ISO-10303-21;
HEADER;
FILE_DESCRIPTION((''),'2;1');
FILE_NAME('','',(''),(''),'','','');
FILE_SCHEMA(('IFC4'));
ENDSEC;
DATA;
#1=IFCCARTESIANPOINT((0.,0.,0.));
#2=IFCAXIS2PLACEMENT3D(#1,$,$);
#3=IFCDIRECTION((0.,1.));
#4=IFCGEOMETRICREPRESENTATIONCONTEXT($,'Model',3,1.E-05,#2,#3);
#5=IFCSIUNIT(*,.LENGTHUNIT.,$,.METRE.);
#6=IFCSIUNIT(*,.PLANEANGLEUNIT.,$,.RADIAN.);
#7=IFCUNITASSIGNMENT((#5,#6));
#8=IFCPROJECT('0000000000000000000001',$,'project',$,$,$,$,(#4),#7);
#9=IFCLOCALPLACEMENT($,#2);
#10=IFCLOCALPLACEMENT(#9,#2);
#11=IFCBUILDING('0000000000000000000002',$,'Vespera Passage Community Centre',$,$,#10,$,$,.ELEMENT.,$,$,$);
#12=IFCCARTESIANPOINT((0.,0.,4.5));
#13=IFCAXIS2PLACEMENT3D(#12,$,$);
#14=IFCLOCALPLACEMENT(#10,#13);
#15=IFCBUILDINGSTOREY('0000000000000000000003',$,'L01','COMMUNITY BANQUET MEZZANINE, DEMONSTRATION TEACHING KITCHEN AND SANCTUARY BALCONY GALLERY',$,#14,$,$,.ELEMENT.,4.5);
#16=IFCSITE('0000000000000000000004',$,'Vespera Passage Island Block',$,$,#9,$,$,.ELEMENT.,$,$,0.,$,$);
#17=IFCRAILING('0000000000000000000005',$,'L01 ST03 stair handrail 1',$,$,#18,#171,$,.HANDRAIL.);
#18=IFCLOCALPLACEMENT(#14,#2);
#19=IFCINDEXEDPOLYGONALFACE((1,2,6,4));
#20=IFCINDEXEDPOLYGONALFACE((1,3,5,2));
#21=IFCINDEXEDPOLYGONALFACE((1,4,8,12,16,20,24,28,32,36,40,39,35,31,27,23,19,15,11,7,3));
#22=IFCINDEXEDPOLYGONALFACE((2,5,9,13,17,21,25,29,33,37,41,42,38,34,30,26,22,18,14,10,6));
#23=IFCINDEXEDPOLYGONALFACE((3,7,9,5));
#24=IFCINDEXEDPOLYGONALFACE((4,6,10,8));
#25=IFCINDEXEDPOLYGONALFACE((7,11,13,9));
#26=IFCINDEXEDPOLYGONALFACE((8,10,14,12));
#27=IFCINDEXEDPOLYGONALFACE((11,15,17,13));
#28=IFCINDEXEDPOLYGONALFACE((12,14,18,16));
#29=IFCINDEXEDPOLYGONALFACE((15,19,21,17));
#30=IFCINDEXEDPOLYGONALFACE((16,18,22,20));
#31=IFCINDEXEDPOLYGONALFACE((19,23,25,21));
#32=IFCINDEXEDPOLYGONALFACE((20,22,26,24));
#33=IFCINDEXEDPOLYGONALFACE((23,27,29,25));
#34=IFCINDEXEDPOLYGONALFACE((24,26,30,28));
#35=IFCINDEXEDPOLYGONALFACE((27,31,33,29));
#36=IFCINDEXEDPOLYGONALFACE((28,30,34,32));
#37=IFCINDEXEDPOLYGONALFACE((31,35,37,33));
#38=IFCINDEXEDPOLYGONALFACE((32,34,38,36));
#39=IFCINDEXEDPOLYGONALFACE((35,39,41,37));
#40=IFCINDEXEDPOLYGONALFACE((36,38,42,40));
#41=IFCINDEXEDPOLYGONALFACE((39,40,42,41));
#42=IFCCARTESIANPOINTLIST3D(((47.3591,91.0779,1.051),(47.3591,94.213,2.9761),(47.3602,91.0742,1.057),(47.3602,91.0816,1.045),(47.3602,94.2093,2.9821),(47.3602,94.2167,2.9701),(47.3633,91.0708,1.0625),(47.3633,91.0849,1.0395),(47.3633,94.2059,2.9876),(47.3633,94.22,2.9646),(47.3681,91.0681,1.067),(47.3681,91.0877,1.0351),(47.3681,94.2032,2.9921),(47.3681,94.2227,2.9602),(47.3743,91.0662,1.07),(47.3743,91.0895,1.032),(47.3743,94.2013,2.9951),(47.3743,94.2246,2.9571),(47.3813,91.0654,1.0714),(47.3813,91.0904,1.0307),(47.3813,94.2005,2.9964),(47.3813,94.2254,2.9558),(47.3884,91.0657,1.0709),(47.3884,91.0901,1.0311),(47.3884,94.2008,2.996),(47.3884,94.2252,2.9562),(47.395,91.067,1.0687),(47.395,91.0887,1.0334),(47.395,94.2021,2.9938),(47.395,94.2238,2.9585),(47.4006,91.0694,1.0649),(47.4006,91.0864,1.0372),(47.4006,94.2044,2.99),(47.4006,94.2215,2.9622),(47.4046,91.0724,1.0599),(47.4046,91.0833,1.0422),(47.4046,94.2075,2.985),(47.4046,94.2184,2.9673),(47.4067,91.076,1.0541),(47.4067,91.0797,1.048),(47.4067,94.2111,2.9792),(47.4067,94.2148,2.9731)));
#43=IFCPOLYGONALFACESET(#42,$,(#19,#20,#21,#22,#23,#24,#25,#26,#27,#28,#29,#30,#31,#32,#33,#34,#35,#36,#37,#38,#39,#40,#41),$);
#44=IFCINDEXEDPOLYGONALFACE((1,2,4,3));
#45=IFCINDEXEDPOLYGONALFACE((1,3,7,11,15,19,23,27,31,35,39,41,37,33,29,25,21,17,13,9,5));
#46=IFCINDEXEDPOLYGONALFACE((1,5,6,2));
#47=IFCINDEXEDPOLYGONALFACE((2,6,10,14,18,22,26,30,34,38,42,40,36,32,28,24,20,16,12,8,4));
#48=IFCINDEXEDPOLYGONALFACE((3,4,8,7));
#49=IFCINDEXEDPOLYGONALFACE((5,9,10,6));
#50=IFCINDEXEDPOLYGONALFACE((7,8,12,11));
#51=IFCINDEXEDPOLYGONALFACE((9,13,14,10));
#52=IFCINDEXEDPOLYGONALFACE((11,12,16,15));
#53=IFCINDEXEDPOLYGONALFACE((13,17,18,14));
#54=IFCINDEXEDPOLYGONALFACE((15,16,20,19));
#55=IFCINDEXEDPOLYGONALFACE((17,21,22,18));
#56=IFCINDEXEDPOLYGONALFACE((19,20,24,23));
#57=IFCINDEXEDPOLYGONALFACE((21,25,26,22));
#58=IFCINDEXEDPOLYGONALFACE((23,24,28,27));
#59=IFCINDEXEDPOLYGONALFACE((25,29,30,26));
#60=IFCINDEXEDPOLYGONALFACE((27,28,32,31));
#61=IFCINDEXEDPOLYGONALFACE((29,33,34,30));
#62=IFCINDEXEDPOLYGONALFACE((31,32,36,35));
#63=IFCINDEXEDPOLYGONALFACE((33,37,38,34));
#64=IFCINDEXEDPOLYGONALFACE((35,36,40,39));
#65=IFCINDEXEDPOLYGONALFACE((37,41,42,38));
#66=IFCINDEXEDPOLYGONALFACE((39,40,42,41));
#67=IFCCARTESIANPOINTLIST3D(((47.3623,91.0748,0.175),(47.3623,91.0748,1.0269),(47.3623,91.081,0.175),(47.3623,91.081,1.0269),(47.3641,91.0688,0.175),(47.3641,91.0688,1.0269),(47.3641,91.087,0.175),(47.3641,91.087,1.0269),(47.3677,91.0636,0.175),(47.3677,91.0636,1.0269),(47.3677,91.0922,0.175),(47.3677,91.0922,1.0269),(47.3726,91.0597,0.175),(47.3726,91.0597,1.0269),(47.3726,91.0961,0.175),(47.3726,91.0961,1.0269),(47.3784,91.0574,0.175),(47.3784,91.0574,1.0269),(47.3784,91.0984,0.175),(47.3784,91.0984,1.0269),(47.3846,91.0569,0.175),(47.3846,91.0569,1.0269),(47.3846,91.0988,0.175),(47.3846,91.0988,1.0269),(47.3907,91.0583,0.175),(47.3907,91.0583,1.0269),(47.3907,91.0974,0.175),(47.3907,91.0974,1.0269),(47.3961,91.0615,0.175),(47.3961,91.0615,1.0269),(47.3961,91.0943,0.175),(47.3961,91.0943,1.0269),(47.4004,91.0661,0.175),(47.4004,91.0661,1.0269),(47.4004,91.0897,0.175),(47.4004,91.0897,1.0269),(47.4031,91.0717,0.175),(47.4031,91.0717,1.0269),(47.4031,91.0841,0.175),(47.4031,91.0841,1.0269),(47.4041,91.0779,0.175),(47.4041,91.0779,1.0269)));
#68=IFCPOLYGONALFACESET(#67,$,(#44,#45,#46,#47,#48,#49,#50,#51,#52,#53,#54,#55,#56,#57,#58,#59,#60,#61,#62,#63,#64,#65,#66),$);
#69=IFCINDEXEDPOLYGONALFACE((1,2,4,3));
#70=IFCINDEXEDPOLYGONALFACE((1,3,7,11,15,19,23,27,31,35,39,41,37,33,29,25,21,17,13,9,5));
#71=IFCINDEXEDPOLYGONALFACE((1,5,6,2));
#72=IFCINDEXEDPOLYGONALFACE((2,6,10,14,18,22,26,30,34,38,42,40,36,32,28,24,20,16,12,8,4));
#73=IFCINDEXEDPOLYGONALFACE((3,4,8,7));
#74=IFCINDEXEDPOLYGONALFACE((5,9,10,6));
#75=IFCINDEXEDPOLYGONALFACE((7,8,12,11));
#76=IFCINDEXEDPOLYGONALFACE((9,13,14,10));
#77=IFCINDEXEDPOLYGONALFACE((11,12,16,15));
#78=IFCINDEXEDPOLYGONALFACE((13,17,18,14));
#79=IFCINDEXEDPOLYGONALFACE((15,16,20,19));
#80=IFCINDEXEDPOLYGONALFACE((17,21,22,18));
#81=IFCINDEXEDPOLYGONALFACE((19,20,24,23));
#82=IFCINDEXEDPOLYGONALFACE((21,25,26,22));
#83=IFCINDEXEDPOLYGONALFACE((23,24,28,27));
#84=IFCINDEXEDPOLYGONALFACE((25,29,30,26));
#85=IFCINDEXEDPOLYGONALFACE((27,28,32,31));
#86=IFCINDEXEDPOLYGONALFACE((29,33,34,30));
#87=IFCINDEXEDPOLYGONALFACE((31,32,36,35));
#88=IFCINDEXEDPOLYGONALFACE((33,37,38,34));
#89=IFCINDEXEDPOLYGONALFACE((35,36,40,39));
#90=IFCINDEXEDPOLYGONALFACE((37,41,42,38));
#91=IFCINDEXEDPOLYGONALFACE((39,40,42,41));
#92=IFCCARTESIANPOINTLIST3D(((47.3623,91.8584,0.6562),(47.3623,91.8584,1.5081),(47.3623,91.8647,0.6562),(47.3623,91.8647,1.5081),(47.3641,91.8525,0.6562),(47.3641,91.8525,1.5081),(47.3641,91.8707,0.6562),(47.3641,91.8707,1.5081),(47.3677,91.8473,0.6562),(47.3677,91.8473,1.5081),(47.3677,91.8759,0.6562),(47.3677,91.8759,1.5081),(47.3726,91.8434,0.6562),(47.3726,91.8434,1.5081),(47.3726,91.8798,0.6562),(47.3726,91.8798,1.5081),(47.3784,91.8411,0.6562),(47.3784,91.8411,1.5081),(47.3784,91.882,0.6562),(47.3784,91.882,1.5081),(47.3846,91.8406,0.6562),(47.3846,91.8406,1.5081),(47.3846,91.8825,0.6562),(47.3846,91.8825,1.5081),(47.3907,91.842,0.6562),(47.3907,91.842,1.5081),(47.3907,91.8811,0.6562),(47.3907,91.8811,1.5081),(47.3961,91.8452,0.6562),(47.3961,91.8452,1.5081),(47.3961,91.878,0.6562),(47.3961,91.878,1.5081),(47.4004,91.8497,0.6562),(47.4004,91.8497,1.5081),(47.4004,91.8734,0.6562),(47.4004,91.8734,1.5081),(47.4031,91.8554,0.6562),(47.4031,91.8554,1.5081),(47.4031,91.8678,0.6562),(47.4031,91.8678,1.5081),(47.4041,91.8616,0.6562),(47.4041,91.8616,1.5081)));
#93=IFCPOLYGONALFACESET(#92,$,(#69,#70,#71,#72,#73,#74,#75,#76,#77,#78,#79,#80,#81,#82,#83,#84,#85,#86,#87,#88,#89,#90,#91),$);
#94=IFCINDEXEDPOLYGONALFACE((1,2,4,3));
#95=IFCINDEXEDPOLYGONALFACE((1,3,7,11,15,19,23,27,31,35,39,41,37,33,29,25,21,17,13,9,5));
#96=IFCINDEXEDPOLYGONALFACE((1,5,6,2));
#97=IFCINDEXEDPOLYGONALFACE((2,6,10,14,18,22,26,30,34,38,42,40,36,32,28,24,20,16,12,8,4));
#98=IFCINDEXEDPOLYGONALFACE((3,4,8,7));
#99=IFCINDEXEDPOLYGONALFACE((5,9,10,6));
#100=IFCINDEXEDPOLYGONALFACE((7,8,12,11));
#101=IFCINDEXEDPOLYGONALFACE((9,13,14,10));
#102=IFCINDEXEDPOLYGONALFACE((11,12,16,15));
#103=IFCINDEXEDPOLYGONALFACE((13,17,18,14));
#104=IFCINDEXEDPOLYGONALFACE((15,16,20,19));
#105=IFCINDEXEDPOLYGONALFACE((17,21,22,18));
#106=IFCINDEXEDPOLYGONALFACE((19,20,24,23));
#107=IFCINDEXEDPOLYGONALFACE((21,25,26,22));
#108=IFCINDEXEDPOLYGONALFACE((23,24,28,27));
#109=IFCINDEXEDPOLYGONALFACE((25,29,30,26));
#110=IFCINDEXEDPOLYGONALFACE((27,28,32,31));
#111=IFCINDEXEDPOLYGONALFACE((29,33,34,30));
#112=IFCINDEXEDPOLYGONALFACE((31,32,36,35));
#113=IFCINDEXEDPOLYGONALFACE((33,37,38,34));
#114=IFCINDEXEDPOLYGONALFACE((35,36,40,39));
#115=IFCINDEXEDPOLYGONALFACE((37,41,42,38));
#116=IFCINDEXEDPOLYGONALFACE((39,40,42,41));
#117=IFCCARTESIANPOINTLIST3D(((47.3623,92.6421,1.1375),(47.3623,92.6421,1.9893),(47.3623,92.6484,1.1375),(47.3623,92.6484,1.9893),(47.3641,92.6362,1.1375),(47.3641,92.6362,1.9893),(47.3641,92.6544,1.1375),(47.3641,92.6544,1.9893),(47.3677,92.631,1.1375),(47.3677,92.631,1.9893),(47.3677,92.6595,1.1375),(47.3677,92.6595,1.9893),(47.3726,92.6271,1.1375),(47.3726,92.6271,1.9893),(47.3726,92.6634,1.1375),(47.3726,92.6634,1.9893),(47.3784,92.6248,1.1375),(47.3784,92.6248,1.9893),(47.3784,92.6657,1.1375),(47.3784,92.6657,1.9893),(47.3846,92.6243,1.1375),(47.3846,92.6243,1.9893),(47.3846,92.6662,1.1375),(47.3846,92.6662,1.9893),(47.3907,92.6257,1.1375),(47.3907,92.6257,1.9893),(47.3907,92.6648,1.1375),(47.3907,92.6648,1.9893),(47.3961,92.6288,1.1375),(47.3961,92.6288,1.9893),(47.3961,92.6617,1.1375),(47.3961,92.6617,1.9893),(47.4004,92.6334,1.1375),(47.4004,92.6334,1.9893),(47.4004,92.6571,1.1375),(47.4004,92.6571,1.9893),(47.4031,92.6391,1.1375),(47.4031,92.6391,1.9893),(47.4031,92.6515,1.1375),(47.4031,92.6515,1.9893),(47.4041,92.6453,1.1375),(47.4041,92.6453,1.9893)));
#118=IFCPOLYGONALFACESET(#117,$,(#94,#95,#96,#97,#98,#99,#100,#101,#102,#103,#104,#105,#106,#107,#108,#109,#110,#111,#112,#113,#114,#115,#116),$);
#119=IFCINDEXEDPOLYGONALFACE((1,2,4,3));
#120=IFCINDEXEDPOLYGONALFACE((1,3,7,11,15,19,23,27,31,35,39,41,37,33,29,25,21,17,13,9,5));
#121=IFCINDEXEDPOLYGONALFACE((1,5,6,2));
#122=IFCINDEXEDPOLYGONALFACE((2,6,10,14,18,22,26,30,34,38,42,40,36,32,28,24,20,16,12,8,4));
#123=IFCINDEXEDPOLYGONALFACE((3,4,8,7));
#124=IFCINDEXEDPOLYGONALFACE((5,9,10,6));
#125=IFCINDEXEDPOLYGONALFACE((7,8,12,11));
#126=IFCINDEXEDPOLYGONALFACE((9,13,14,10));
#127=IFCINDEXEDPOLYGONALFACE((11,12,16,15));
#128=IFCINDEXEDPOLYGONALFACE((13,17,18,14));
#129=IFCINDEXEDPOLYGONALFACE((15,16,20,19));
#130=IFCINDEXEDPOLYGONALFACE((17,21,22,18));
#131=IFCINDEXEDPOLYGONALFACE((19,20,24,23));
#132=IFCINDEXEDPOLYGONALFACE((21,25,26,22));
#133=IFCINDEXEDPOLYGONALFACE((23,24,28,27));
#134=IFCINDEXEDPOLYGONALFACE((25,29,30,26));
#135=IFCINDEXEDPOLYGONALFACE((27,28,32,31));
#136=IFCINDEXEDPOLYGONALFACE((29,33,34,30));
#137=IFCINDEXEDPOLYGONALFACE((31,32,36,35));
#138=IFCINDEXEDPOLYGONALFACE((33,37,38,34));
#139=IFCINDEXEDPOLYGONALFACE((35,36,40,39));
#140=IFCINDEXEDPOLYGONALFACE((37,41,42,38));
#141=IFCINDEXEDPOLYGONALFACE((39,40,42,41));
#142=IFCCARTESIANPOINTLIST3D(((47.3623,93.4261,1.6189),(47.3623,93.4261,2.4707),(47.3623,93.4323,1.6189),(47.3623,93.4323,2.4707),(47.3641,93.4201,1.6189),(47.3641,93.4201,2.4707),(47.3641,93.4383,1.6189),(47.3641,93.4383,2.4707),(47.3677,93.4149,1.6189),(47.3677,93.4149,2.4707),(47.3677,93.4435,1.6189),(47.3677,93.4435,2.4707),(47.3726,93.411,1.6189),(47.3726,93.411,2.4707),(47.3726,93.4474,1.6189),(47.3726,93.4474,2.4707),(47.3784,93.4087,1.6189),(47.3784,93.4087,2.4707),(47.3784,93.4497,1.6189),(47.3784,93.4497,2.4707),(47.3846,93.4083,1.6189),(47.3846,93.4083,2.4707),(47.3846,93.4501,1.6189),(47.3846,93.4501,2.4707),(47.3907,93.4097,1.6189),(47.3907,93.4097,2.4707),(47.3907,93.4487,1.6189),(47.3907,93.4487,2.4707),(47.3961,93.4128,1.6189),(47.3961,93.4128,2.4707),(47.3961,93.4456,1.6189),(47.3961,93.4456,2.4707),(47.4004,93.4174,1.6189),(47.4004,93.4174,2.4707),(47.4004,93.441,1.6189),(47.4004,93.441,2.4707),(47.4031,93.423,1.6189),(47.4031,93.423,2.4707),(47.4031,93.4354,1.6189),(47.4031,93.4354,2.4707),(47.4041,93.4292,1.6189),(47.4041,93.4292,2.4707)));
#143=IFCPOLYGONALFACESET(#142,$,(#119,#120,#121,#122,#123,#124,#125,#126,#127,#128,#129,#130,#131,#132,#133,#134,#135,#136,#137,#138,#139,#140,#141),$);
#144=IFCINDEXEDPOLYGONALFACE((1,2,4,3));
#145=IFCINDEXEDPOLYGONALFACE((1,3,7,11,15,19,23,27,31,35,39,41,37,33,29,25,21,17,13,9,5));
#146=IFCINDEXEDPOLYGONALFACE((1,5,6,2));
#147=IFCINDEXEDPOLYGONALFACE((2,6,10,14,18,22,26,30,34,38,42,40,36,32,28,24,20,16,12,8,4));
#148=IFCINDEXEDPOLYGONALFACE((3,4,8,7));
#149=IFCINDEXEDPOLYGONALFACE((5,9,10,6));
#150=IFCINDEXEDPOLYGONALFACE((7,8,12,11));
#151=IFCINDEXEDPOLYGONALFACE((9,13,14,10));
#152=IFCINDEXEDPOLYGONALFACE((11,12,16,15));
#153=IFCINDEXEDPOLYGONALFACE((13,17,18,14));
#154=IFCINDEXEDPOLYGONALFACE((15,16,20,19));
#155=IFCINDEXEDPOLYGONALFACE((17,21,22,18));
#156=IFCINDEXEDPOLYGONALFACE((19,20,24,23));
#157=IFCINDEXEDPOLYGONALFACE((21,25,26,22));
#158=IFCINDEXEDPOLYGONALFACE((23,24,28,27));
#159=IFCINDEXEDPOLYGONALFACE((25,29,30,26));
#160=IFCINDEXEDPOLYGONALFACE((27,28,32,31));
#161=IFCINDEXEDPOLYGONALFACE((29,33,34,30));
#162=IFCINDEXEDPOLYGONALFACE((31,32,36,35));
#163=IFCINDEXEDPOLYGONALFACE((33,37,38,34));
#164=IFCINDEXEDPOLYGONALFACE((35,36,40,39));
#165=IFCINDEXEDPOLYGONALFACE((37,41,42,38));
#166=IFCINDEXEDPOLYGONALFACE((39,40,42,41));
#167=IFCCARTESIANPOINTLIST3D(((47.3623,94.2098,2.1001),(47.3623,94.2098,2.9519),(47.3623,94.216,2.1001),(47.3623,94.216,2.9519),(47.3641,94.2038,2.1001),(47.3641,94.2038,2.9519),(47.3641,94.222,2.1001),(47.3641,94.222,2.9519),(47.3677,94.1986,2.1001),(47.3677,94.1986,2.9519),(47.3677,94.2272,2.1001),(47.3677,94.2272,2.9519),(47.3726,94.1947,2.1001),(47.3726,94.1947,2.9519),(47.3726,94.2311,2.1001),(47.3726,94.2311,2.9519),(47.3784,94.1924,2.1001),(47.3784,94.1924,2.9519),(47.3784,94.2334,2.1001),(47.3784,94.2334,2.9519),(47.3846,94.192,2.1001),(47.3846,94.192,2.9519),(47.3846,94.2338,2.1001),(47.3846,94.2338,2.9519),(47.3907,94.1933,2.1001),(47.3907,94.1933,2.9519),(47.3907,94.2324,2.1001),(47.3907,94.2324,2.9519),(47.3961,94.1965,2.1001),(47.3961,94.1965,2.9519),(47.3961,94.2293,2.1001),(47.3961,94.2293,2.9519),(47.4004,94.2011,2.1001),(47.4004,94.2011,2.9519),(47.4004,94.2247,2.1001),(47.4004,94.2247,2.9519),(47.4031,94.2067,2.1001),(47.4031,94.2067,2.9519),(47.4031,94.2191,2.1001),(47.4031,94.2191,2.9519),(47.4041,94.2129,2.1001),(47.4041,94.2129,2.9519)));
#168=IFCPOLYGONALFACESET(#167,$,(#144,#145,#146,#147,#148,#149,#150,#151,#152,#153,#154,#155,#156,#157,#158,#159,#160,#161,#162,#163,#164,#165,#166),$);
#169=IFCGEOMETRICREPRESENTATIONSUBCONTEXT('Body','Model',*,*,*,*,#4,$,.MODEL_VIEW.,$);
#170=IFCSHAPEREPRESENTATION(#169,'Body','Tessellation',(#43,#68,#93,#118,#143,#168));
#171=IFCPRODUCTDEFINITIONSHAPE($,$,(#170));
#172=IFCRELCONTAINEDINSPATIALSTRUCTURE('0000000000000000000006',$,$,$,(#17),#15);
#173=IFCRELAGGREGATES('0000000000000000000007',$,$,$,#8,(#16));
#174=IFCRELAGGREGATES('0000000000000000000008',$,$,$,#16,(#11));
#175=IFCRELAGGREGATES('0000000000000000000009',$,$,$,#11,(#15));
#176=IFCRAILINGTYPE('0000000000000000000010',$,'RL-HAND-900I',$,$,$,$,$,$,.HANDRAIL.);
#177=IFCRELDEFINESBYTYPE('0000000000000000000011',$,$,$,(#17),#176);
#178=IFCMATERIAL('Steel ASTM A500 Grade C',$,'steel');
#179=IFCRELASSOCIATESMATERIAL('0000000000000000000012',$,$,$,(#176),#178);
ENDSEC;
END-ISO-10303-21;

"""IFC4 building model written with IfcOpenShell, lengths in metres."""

from ifc_helpers import new_model, si_unit, direction, frame, origin, origin_2d, place, context, subcontext, project, spatial, circle, extrude, material, type_object, element, save


model = new_model("IFC4")

# Units and contexts
model_context = context("Model", 3, precision=1e-05, world=origin(), true_north=direction((0.0, 1.0)))
body_context = subcontext(model_context, "Body", "Model", "MODEL_VIEW")
ifc_project = project(units=[si_unit("LENGTHUNIT", "METRE"), si_unit("PLANEANGLEUNIT", "RADIAN")], contexts=[model_context])

# Site, building, storey
site_placement = place(None, origin())
site = spatial("IfcSite", under=ifc_project, at=site_placement, Name="Vespera Passage Island Block", CompositionType="ELEMENT", RefElevation=0.0)
building_placement = place(site_placement, origin())
building = spatial("IfcBuilding", under=site, at=building_placement, Name="Vespera Passage Community Centre", CompositionType="ELEMENT")
storey_placement = place(building_placement, frame((0.0, 0.0, 4.5)))
storey = spatial("IfcBuildingStorey", under=building, at=storey_placement, Name="L01", Description="COMMUNITY BANQUET MEZZANINE, DEMONSTRATION TEACHING KITCHEN AND SANCTUARY BALCONY GALLERY", CompositionType="ELEMENT", Elevation=4.5)

# Railing
ifc_material_1 = material(Name="Steel ASTM A500 Grade C", Category="steel")
railing_type_1 = type_object("IfcRailingType", Name="RL-HAND-900I", PredefinedType="HANDRAIL", material=ifc_material_1)
railing_1_placement = place(storey_placement, frame((47.3831, 91.0779, 0.175)))
element("IfcRailing", 1, at=railing_1_placement, inside=storey, type_object=railing_type_1, Name="L01 ST03 stair handrail 1", PredefinedType="HANDRAIL", context=body_context, shape_type="SweptSolid", body=[
    extrude(circle(Radius=0.0239, at=origin_2d()), frame((0.0, 0.0, 0.876), z_axis=(0.0, 0.852166, 0.523271), x_axis=(-1.0, 0.0, 0.0)), (0.0, 0.0, 1.0), 3.679),
    extrude(circle(Radius=0.021, at=origin_2d()), origin(), (0.0, 0.0, 1.0), 0.8518),
    extrude(circle(Radius=0.021, at=origin_2d()), frame((0.0, 0.7837, 0.4812)), (0.0, 0.0, 1.0), 0.8518),
    extrude(circle(Radius=0.021, at=origin_2d()), frame((0.0, 1.5674, 0.9624)), (0.0, 0.0, 1.0), 0.8518),
    extrude(circle(Radius=0.021, at=origin_2d()), frame((0.0, 2.3513, 1.4438)), (0.0, 0.0, 1.0), 0.8518),
    extrude(circle(Radius=0.021, at=origin_2d()), frame((0.0, 3.135, 1.925)), (0.0, 0.0, 1.0), 0.8518),
])

save(model, "model.ifc")
